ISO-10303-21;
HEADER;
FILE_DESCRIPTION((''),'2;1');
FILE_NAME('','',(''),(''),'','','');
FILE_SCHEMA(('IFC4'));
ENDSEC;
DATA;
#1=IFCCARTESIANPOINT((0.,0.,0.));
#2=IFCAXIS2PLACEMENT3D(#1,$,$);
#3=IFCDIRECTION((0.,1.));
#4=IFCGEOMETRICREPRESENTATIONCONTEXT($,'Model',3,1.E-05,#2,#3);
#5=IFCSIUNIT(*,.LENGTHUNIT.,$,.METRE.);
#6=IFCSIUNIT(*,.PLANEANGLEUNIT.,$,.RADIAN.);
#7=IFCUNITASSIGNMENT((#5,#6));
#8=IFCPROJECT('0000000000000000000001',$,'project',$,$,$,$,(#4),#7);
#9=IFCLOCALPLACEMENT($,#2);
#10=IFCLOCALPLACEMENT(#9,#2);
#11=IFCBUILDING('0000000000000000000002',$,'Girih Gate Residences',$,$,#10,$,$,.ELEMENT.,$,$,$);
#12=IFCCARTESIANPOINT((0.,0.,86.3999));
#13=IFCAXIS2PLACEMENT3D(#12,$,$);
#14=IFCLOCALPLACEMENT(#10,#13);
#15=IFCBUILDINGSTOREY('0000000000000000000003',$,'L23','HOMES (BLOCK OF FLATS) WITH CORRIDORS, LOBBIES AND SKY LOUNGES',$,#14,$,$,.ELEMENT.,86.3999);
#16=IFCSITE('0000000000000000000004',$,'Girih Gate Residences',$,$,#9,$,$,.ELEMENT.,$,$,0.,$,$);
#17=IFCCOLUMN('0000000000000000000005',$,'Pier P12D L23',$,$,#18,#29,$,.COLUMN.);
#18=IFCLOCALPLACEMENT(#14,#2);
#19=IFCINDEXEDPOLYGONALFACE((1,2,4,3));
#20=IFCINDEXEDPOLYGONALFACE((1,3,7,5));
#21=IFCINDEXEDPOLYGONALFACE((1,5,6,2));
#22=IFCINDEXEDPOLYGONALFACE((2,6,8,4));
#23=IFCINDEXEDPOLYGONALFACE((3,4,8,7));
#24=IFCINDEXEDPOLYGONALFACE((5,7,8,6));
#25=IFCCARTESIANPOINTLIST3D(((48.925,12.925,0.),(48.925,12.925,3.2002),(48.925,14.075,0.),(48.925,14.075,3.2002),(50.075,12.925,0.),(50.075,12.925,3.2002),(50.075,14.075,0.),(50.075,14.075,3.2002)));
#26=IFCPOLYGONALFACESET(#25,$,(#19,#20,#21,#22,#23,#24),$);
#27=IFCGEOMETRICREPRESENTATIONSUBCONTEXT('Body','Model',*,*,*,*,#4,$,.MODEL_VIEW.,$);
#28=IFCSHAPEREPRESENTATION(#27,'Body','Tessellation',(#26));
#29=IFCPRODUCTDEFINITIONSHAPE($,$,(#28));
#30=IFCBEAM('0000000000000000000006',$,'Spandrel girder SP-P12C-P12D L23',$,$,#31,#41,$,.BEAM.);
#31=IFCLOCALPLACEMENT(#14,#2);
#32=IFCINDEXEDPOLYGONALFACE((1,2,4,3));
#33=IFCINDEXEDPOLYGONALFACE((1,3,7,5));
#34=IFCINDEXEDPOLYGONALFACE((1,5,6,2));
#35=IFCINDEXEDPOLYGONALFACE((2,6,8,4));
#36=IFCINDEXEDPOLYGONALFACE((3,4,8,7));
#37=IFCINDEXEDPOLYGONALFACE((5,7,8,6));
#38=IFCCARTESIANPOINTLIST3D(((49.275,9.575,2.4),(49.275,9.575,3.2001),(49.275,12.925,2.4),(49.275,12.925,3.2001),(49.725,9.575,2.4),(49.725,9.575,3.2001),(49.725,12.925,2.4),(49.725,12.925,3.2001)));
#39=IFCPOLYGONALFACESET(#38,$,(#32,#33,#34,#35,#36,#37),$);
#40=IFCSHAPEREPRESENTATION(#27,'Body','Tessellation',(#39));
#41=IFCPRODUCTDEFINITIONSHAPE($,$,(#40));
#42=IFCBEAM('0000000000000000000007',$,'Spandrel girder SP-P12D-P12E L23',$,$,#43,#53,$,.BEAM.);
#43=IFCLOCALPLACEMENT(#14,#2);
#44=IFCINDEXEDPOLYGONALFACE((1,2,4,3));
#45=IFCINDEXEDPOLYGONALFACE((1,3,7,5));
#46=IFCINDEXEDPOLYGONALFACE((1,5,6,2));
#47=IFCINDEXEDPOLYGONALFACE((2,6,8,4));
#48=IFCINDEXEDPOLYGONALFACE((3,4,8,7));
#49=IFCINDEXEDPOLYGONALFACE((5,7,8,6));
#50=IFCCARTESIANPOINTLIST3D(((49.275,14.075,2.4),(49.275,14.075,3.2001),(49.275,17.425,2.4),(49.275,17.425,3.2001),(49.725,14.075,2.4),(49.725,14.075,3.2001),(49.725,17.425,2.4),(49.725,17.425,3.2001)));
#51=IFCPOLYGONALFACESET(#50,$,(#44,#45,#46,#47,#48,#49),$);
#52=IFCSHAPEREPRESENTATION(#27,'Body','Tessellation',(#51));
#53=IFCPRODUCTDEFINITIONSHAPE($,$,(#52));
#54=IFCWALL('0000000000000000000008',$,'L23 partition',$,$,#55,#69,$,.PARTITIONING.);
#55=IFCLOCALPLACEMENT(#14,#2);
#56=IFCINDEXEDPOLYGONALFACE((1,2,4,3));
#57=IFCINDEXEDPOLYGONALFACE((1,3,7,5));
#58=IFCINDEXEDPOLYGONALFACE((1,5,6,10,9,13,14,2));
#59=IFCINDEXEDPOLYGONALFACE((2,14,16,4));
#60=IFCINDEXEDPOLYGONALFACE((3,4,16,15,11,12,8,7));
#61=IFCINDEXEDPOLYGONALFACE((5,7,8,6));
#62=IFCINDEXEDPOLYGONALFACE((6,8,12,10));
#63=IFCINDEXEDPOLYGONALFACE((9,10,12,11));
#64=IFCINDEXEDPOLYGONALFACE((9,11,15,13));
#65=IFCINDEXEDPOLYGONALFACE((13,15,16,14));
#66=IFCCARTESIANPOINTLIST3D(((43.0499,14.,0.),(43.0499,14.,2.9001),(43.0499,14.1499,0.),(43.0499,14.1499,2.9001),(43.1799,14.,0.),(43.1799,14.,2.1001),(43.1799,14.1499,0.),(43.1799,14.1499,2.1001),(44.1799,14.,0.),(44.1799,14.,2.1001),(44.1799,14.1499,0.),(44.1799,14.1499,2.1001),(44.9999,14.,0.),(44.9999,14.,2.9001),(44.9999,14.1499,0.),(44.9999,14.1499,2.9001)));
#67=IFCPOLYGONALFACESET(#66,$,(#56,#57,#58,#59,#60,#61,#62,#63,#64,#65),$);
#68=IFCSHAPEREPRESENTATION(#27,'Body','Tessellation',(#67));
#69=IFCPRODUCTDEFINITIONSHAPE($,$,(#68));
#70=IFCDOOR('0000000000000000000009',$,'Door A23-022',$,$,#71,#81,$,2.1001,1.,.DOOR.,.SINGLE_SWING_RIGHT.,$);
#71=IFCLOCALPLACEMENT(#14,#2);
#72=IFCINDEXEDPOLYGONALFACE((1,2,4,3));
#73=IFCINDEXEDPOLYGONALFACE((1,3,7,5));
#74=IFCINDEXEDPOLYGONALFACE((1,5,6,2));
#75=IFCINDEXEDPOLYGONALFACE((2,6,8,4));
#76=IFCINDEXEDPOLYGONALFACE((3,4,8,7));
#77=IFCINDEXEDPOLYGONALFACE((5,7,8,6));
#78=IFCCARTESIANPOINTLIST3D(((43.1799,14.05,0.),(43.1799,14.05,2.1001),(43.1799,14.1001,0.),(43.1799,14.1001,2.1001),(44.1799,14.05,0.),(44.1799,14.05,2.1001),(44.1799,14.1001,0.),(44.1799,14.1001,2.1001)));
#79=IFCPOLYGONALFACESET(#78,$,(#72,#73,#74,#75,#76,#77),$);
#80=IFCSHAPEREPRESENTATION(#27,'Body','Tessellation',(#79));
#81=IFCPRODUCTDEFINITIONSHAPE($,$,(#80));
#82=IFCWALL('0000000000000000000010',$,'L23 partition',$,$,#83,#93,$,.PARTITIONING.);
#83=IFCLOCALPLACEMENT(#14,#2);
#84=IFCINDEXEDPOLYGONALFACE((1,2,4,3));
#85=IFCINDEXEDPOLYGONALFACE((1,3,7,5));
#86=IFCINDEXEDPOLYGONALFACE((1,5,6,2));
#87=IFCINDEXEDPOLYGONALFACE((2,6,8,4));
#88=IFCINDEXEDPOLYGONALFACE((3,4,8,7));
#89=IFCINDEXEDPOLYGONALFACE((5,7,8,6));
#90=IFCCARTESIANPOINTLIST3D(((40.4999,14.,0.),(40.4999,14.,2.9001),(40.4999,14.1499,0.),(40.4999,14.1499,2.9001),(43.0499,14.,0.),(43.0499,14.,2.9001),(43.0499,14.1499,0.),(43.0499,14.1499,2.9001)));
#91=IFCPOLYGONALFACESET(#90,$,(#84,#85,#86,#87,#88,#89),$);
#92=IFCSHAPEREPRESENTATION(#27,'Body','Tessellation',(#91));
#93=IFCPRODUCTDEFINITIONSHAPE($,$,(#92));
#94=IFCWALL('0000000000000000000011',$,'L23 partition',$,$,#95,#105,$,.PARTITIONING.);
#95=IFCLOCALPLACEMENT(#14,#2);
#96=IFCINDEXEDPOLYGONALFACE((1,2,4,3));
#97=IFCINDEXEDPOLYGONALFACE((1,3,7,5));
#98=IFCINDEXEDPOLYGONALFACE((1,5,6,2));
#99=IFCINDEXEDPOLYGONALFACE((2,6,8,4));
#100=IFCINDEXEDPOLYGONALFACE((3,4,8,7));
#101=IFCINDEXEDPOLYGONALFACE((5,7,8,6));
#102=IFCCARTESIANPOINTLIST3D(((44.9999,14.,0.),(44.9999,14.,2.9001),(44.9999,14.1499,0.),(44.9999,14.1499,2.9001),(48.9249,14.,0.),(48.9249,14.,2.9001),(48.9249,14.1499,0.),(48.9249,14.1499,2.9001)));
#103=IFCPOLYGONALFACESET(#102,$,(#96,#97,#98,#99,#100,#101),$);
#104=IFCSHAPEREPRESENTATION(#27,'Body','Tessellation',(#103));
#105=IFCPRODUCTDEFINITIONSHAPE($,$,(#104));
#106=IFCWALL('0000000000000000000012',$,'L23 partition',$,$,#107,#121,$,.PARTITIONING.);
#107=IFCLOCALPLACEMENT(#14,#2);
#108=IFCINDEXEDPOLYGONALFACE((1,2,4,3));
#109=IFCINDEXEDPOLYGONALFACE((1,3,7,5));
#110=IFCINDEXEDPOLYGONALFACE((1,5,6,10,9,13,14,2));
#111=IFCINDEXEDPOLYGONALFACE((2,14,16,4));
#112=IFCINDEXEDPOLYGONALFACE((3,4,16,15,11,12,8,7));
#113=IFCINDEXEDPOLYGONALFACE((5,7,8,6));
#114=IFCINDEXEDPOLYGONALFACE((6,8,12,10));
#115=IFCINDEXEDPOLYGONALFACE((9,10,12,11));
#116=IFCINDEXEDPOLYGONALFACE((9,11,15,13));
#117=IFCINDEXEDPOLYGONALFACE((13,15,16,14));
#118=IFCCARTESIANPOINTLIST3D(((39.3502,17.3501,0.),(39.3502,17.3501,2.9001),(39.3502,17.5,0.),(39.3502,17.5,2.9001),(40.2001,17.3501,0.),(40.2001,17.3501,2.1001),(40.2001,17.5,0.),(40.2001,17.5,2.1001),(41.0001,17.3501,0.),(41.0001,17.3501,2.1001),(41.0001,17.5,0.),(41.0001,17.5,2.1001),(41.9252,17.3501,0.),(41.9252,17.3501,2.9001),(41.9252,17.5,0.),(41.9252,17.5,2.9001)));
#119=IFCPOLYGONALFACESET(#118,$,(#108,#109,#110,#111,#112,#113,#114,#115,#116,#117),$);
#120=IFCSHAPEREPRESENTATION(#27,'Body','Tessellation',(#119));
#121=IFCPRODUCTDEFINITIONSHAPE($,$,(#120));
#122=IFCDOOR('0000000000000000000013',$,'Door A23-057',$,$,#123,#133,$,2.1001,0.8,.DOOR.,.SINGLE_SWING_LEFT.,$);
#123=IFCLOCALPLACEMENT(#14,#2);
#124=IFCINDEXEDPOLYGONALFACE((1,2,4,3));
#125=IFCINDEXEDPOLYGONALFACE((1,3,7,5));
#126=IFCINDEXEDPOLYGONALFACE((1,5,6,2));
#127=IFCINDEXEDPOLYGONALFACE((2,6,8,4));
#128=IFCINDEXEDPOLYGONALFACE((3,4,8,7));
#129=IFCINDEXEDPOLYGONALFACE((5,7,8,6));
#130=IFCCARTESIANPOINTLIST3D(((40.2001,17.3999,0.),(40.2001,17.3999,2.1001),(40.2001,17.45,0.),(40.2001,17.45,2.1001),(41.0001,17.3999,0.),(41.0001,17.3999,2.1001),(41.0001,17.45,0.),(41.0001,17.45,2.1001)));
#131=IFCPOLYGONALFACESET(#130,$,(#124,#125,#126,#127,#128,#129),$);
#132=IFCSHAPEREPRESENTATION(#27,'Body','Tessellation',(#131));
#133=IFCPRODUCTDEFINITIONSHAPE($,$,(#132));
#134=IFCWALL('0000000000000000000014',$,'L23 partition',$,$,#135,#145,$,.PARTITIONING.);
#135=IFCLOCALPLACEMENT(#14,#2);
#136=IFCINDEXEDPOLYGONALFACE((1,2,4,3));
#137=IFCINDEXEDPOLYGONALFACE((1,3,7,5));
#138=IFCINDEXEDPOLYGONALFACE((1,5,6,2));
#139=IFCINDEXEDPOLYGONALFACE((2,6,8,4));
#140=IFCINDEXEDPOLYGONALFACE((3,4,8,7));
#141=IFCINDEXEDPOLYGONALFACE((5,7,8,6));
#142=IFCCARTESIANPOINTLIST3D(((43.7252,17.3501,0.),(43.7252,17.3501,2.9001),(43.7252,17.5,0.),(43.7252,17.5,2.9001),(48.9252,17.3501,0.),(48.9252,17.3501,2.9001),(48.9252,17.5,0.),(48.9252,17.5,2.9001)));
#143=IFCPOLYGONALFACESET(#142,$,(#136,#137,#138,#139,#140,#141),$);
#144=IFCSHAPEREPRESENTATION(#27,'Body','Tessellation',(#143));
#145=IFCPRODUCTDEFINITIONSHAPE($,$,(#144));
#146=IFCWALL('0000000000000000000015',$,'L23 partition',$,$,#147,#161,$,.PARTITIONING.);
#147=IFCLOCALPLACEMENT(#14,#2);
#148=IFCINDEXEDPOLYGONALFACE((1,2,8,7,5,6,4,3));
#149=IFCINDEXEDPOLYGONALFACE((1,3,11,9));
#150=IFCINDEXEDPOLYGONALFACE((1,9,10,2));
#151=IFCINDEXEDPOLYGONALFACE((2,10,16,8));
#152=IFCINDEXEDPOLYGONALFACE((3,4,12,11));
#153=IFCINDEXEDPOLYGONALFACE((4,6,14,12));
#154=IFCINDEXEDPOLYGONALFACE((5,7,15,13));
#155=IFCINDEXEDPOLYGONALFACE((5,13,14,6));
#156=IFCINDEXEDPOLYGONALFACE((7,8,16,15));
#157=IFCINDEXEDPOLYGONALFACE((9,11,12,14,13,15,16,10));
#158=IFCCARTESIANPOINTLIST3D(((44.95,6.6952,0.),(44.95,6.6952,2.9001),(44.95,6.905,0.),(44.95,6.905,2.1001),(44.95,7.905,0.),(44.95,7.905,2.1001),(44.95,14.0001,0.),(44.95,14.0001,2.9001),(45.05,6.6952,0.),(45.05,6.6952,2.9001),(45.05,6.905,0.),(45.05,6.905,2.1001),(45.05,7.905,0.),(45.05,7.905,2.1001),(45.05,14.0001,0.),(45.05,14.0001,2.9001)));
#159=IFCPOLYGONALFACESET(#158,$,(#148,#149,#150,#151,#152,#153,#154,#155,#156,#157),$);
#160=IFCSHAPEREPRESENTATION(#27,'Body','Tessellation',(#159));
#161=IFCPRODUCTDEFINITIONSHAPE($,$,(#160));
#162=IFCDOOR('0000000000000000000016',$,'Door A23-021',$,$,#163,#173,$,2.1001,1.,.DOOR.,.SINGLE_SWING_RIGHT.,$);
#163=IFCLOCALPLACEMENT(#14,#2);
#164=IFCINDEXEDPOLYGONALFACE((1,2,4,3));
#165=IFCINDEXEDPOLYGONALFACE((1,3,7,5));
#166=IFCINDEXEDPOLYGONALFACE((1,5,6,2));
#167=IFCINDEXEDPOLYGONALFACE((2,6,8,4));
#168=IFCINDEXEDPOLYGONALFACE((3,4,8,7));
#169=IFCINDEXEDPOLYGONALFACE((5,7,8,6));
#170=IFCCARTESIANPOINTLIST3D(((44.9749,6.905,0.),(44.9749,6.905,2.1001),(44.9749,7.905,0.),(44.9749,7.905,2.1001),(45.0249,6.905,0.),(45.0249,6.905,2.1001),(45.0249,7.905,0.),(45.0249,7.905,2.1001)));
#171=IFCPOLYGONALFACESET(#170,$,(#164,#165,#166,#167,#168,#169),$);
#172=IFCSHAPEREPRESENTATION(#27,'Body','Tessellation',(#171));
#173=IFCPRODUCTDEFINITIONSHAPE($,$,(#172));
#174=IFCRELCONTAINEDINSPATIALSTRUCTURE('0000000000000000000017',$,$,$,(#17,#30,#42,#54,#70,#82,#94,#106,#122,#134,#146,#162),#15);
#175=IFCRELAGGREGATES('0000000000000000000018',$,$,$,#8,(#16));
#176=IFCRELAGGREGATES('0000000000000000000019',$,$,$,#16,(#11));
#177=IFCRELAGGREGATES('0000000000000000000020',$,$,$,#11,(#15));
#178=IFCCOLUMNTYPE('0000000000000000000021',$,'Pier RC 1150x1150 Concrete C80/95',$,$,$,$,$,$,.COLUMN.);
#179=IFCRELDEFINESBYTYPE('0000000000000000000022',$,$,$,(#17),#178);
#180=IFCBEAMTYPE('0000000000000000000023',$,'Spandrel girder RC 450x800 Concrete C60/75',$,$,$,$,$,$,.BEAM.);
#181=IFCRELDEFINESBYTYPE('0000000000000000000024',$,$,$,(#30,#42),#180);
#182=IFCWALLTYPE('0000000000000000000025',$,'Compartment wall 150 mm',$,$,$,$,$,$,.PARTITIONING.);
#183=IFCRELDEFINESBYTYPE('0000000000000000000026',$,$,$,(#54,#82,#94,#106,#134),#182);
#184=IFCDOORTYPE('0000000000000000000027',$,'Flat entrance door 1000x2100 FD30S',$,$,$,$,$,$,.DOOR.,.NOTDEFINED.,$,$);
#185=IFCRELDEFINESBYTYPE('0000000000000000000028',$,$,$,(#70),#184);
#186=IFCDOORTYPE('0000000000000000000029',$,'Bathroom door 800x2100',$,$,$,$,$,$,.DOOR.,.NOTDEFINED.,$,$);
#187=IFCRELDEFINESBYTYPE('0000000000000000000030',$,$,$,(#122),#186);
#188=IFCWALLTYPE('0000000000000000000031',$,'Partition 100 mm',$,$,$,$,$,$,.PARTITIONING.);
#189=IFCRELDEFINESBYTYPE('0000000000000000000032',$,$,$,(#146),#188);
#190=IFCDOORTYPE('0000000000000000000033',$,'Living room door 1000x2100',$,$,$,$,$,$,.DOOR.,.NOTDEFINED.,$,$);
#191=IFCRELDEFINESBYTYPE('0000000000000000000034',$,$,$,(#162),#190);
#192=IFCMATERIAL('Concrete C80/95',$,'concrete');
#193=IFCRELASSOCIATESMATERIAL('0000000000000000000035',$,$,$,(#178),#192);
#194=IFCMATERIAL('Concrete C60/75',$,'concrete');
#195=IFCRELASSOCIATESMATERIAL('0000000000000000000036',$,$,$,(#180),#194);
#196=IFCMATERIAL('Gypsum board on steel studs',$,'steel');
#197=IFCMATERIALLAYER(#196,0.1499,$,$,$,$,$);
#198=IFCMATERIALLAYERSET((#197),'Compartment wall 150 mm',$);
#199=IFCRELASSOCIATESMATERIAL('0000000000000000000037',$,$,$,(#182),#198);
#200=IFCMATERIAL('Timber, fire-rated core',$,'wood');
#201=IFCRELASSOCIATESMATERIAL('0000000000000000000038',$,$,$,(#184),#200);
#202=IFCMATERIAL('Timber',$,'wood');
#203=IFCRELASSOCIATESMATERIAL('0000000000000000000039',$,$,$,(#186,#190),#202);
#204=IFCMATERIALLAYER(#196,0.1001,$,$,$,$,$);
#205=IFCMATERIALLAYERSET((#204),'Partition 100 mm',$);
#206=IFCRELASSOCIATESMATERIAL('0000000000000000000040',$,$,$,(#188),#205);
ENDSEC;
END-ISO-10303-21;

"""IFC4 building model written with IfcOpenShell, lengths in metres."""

from ifc_helpers import new_model, si_unit, direction, frame, frame_2d, origin, origin_2d, place, context, subcontext, project, spatial, rectangle, extrude, material, layer, layer_set, material_profile, profile_set, type_object, element, fill, save


model = new_model("IFC4")

# Units and contexts
model_context = context("Model", 3, precision=1e-05, world=origin(), true_north=direction((0.0, 1.0)))
body_context = subcontext(model_context, "Body", "Model", "MODEL_VIEW")
ifc_project = project(units=[si_unit("LENGTHUNIT", "METRE"), si_unit("PLANEANGLEUNIT", "RADIAN")], contexts=[model_context])

# Site, building, storey
site_placement = place(None, origin())
site = spatial("IfcSite", under=ifc_project, at=site_placement, Name="Girih Gate Residences", CompositionType="ELEMENT", RefElevation=0.0)
building_placement = place(site_placement, origin())
building = spatial("IfcBuilding", under=site, at=building_placement, Name="Girih Gate Residences", CompositionType="ELEMENT")
storey_placement = place(building_placement, frame((0.0, 0.0, 86.3999)))
storey = spatial("IfcBuildingStorey", under=building, at=storey_placement, Name="L23", Description="HOMES (BLOCK OF FLATS) WITH CORRIDORS, LOBBIES AND SKY LOUNGES", CompositionType="ELEMENT", Elevation=86.3999)

# Column
ifc_material_1 = material(Name="Concrete C80/95", Category="concrete")
ifc_material_profile_1 = material_profile(ifc_material_1, rectangle(XDim=1.1499, YDim=1.1499, at=origin_2d()))
ifc_profile_set_1 = profile_set([ifc_material_profile_1], Name="Concrete C80/95")
column_type = type_object("IfcColumnType", Name="Pier RC 1150x1150 Concrete C80/95", PredefinedType="COLUMN", material=ifc_profile_set_1)
column_placement = place(storey_placement, frame((49.5, 13.5, 0.0), z_axis=(0.0, 0.0, 1.0), x_axis=(1.0, 0.0, 0.0)))
element("IfcColumn", 1, at=column_placement, inside=storey, type_object=column_type, Name="Pier P12D L23", PredefinedType="COLUMN", context=body_context, shape_type="SweptSolid", body=[
    extrude(rectangle(XDim=1.1499, YDim=1.1499, at=origin_2d()), origin(), (0.0, 0.0, 1.0), 3.2002),
])

# Beams
ifc_material_2 = material(Name="Concrete C60/75", Category="concrete")
ifc_material_profile_2 = material_profile(ifc_material_2, rectangle(XDim=0.45, YDim=0.8, at=origin_2d()))
ifc_profile_set_2 = profile_set([ifc_material_profile_2], Name="Concrete C60/75")
beam_type = type_object("IfcBeamType", Name="Spandrel girder RC 450x800 Concrete C60/75", PredefinedType="BEAM", material=ifc_profile_set_2)
for number, where, z_axis, x_axis, name in (
    (2, (49.5, 9.575, 2.8), (0.0, 1.0, 0.0), (-1.0, 0.0, 0.0), "Spandrel girder SP-P12C-P12D L23"),
    (3, (49.5, 14.075, 2.8), (0.0, 1.0, 0.0), (-1.0, 0.0, 0.0), "Spandrel girder SP-P12D-P12E L23"),
):
    element("IfcBeam", number, at=place(storey_placement, frame(where, z_axis=z_axis, x_axis=x_axis)), inside=storey, type_object=beam_type, Name=name, PredefinedType="BEAM", context=body_context, shape_type="SweptSolid", body=[
        extrude(rectangle(XDim=0.45, YDim=0.8, at=origin_2d()), origin(), (0.0, 0.0, 1.0), 3.3501),
    ])

# Wall, opening, door
ifc_material_3 = material(Name="Gypsum board on steel studs", Category="steel")
ifc_layer_1 = layer(ifc_material_3, 0.1499)
ifc_layer_set_1 = layer_set([ifc_layer_1], Name="Compartment wall 150 mm")
wall_type_1 = type_object("IfcWallType", Name="Compartment wall 150 mm", PredefinedType="PARTITIONING", material=ifc_layer_set_1)
wall_1_placement = place(storey_placement, frame((45.0, 14.075, 0.0), z_axis=(0.0, 0.0, 1.0), x_axis=(-1.0, 0.0, 0.0)))
wall_1 = element("IfcWall", 4, at=wall_1_placement, inside=storey, type_object=wall_type_1, Name="L23 partition", PredefinedType="PARTITIONING", context=body_context, shape_type="SweptSolid", body=[
    extrude(rectangle(XDim=1.95, YDim=0.1499, at=frame_2d((0.9751, 0.0))), origin(), (0.0, 0.0, 1.0), 2.9001),
])
opening_1_placement = place(wall_1_placement, frame((0.8201, 0.0, 0.0)))
opening_1 = element("IfcOpeningElement", 5, at=opening_1_placement, cuts=wall_1, PredefinedType="OPENING", context=body_context, shape_type="SweptSolid", body=[
    extrude(rectangle(XDim=1.0, YDim=2.1001, at=frame_2d((0.5, 1.05))), frame((0.0, 0.085, 0.0), z_axis=(0.0, -1.0, 0.0), x_axis=(1.0, 0.0, 0.0)), (0.0, 0.0, 1.0), 0.1699),
])
ifc_material_4 = material(Name="Timber, fire-rated core", Category="wood")
door_type_1 = type_object("IfcDoorType", Name="Flat entrance door 1000x2100 FD30S", OperationType="NOTDEFINED", PredefinedType="DOOR", material=ifc_material_4)
door_1_placement = place(opening_1_placement, origin())
door_1 = element("IfcDoor", 6, at=door_1_placement, inside=storey, type_object=door_type_1, Name="Door A23-022", OperationType="SINGLE_SWING_RIGHT", OverallHeight=2.1001, OverallWidth=1.0, PredefinedType="DOOR", context=body_context, shape_type="SweptSolid", body=[
    extrude(rectangle(XDim=1.0, YDim=2.1001, at=frame_2d((0.5, 1.05))), frame((0.0, 0.0249, 0.0), z_axis=(0.0, -1.0, 0.0), x_axis=(1.0, 0.0, 0.0)), (0.0, 0.0, 1.0), 0.05),
])
fill(opening_1, door_1)

# Walls
wall_2_placement = place(storey_placement, frame((40.5, 14.075, 0.0), z_axis=(0.0, 0.0, 1.0), x_axis=(1.0, 0.0, 0.0)))
element("IfcWall", 7, at=wall_2_placement, inside=storey, type_object=wall_type_1, Name="L23 partition", PredefinedType="PARTITIONING", context=body_context, shape_type="SweptSolid", body=[
    extrude(rectangle(XDim=2.55, YDim=0.1499, at=frame_2d((1.2749, 0.0))), origin(), (0.0, 0.0, 1.0), 2.9001),
])
wall_3_placement = place(storey_placement, frame((45.0, 14.075, 0.0), z_axis=(0.0, 0.0, 1.0), x_axis=(1.0, 0.0, 0.0)))
element("IfcWall", 8, at=wall_3_placement, inside=storey, type_object=wall_type_1, Name="L23 partition", PredefinedType="PARTITIONING", context=body_context, shape_type="SweptSolid", body=[
    extrude(rectangle(XDim=3.925, YDim=0.1499, at=frame_2d((1.9624, 0.0))), origin(), (0.0, 0.0, 1.0), 2.9001),
])

# Wall, opening, door
wall_4_placement = place(storey_placement, frame((39.3501, 17.425, 0.0), z_axis=(0.0, 0.0, 1.0), x_axis=(1.0, 0.0, 0.0)))
wall_4 = element("IfcWall", 9, at=wall_4_placement, inside=storey, type_object=wall_type_1, Name="L23 partition", PredefinedType="PARTITIONING", context=body_context, shape_type="SweptSolid", body=[
    extrude(rectangle(XDim=2.575, YDim=0.1499, at=frame_2d((1.2876, 0.0))), origin(), (0.0, 0.0, 1.0), 2.9001),
])
opening_2_placement = place(wall_4_placement, frame((0.8501, 0.0, 0.0)))
opening_2 = element("IfcOpeningElement", 10, at=opening_2_placement, cuts=wall_4, PredefinedType="OPENING", context=body_context, shape_type="SweptSolid", body=[
    extrude(rectangle(XDim=0.8, YDim=2.1001, at=frame_2d((0.3999, 1.05))), frame((0.0, 0.085, 0.0), z_axis=(0.0, -1.0, 0.0), x_axis=(1.0, 0.0, 0.0)), (0.0, 0.0, 1.0), 0.1699),
])
ifc_material_5 = material(Name="Timber", Category="wood")
door_type_2 = type_object("IfcDoorType", Name="Bathroom door 800x2100", OperationType="NOTDEFINED", PredefinedType="DOOR", material=ifc_material_5)
door_2_placement = place(opening_2_placement, origin())
door_2 = element("IfcDoor", 11, at=door_2_placement, inside=storey, type_object=door_type_2, Name="Door A23-057", OperationType="SINGLE_SWING_LEFT", OverallHeight=2.1001, OverallWidth=0.8, PredefinedType="DOOR", context=body_context, shape_type="SweptSolid", body=[
    extrude(rectangle(XDim=0.8, YDim=2.1001, at=frame_2d((0.3999, 1.05))), frame((0.0, 0.0249, 0.0), z_axis=(0.0, -1.0, 0.0), x_axis=(1.0, 0.0, 0.0)), (0.0, 0.0, 1.0), 0.05),
])
fill(opening_2, door_2)

# Wall
wall_5_placement = place(storey_placement, frame((43.7251, 17.425, 0.0), z_axis=(0.0, 0.0, 1.0), x_axis=(1.0, 0.0, 0.0)))
element("IfcWall", 12, at=wall_5_placement, inside=storey, type_object=wall_type_1, Name="L23 partition", PredefinedType="PARTITIONING", context=body_context, shape_type="SweptSolid", body=[
    extrude(rectangle(XDim=5.2, YDim=0.1499, at=frame_2d((2.6001, 0.0))), origin(), (0.0, 0.0, 1.0), 2.9001),
])

# Wall, opening, door
ifc_layer_2 = layer(ifc_material_3, 0.1001)
ifc_layer_set_2 = layer_set([ifc_layer_2], Name="Partition 100 mm")
wall_type_2 = type_object("IfcWallType", Name="Partition 100 mm", PredefinedType="PARTITIONING", material=ifc_layer_set_2)
wall_6_placement = place(storey_placement, frame((45.0, 14.0, 0.0), z_axis=(0.0, 0.0, 1.0), x_axis=(0.0, -1.0, 0.0)))
wall_6 = element("IfcWall", 13, at=wall_6_placement, inside=storey, type_object=wall_type_2, Name="L23 partition", PredefinedType="PARTITIONING", context=body_context, shape_type="SweptSolid", body=[
    extrude(rectangle(XDim=7.3049, YDim=0.1001, at=frame_2d((3.6523, 0.0))), origin(), (0.0, 0.0, 1.0), 2.9001),
])
opening_3_placement = place(wall_6_placement, frame((6.095, 0.0, 0.0)))
opening_3 = element("IfcOpeningElement", 14, at=opening_3_placement, cuts=wall_6, PredefinedType="OPENING", context=body_context, shape_type="SweptSolid", body=[
    extrude(rectangle(XDim=1.0, YDim=2.1001, at=frame_2d((0.5, 1.05))), frame((0.0, 0.0601, 0.0), z_axis=(0.0, -1.0, 0.0), x_axis=(1.0, 0.0, 0.0)), (0.0, 0.0, 1.0), 0.1201),
])
door_type_3 = type_object("IfcDoorType", Name="Living room door 1000x2100", OperationType="NOTDEFINED", PredefinedType="DOOR", material=ifc_material_5)
door_3_placement = place(opening_3_placement, origin())
door_3 = element("IfcDoor", 15, at=door_3_placement, inside=storey, type_object=door_type_3, Name="Door A23-021", OperationType="SINGLE_SWING_RIGHT", OverallHeight=2.1001, OverallWidth=1.0, PredefinedType="DOOR", context=body_context, shape_type="SweptSolid", body=[
    extrude(rectangle(XDim=1.0, YDim=2.1001, at=frame_2d((0.5, 1.05))), frame((0.0, 0.0249, 0.0), z_axis=(0.0, -1.0, 0.0), x_axis=(1.0, 0.0, 0.0)), (0.0, 0.0, 1.0), 0.05),
])
fill(opening_3, door_3)

save(model, "model.ifc")
